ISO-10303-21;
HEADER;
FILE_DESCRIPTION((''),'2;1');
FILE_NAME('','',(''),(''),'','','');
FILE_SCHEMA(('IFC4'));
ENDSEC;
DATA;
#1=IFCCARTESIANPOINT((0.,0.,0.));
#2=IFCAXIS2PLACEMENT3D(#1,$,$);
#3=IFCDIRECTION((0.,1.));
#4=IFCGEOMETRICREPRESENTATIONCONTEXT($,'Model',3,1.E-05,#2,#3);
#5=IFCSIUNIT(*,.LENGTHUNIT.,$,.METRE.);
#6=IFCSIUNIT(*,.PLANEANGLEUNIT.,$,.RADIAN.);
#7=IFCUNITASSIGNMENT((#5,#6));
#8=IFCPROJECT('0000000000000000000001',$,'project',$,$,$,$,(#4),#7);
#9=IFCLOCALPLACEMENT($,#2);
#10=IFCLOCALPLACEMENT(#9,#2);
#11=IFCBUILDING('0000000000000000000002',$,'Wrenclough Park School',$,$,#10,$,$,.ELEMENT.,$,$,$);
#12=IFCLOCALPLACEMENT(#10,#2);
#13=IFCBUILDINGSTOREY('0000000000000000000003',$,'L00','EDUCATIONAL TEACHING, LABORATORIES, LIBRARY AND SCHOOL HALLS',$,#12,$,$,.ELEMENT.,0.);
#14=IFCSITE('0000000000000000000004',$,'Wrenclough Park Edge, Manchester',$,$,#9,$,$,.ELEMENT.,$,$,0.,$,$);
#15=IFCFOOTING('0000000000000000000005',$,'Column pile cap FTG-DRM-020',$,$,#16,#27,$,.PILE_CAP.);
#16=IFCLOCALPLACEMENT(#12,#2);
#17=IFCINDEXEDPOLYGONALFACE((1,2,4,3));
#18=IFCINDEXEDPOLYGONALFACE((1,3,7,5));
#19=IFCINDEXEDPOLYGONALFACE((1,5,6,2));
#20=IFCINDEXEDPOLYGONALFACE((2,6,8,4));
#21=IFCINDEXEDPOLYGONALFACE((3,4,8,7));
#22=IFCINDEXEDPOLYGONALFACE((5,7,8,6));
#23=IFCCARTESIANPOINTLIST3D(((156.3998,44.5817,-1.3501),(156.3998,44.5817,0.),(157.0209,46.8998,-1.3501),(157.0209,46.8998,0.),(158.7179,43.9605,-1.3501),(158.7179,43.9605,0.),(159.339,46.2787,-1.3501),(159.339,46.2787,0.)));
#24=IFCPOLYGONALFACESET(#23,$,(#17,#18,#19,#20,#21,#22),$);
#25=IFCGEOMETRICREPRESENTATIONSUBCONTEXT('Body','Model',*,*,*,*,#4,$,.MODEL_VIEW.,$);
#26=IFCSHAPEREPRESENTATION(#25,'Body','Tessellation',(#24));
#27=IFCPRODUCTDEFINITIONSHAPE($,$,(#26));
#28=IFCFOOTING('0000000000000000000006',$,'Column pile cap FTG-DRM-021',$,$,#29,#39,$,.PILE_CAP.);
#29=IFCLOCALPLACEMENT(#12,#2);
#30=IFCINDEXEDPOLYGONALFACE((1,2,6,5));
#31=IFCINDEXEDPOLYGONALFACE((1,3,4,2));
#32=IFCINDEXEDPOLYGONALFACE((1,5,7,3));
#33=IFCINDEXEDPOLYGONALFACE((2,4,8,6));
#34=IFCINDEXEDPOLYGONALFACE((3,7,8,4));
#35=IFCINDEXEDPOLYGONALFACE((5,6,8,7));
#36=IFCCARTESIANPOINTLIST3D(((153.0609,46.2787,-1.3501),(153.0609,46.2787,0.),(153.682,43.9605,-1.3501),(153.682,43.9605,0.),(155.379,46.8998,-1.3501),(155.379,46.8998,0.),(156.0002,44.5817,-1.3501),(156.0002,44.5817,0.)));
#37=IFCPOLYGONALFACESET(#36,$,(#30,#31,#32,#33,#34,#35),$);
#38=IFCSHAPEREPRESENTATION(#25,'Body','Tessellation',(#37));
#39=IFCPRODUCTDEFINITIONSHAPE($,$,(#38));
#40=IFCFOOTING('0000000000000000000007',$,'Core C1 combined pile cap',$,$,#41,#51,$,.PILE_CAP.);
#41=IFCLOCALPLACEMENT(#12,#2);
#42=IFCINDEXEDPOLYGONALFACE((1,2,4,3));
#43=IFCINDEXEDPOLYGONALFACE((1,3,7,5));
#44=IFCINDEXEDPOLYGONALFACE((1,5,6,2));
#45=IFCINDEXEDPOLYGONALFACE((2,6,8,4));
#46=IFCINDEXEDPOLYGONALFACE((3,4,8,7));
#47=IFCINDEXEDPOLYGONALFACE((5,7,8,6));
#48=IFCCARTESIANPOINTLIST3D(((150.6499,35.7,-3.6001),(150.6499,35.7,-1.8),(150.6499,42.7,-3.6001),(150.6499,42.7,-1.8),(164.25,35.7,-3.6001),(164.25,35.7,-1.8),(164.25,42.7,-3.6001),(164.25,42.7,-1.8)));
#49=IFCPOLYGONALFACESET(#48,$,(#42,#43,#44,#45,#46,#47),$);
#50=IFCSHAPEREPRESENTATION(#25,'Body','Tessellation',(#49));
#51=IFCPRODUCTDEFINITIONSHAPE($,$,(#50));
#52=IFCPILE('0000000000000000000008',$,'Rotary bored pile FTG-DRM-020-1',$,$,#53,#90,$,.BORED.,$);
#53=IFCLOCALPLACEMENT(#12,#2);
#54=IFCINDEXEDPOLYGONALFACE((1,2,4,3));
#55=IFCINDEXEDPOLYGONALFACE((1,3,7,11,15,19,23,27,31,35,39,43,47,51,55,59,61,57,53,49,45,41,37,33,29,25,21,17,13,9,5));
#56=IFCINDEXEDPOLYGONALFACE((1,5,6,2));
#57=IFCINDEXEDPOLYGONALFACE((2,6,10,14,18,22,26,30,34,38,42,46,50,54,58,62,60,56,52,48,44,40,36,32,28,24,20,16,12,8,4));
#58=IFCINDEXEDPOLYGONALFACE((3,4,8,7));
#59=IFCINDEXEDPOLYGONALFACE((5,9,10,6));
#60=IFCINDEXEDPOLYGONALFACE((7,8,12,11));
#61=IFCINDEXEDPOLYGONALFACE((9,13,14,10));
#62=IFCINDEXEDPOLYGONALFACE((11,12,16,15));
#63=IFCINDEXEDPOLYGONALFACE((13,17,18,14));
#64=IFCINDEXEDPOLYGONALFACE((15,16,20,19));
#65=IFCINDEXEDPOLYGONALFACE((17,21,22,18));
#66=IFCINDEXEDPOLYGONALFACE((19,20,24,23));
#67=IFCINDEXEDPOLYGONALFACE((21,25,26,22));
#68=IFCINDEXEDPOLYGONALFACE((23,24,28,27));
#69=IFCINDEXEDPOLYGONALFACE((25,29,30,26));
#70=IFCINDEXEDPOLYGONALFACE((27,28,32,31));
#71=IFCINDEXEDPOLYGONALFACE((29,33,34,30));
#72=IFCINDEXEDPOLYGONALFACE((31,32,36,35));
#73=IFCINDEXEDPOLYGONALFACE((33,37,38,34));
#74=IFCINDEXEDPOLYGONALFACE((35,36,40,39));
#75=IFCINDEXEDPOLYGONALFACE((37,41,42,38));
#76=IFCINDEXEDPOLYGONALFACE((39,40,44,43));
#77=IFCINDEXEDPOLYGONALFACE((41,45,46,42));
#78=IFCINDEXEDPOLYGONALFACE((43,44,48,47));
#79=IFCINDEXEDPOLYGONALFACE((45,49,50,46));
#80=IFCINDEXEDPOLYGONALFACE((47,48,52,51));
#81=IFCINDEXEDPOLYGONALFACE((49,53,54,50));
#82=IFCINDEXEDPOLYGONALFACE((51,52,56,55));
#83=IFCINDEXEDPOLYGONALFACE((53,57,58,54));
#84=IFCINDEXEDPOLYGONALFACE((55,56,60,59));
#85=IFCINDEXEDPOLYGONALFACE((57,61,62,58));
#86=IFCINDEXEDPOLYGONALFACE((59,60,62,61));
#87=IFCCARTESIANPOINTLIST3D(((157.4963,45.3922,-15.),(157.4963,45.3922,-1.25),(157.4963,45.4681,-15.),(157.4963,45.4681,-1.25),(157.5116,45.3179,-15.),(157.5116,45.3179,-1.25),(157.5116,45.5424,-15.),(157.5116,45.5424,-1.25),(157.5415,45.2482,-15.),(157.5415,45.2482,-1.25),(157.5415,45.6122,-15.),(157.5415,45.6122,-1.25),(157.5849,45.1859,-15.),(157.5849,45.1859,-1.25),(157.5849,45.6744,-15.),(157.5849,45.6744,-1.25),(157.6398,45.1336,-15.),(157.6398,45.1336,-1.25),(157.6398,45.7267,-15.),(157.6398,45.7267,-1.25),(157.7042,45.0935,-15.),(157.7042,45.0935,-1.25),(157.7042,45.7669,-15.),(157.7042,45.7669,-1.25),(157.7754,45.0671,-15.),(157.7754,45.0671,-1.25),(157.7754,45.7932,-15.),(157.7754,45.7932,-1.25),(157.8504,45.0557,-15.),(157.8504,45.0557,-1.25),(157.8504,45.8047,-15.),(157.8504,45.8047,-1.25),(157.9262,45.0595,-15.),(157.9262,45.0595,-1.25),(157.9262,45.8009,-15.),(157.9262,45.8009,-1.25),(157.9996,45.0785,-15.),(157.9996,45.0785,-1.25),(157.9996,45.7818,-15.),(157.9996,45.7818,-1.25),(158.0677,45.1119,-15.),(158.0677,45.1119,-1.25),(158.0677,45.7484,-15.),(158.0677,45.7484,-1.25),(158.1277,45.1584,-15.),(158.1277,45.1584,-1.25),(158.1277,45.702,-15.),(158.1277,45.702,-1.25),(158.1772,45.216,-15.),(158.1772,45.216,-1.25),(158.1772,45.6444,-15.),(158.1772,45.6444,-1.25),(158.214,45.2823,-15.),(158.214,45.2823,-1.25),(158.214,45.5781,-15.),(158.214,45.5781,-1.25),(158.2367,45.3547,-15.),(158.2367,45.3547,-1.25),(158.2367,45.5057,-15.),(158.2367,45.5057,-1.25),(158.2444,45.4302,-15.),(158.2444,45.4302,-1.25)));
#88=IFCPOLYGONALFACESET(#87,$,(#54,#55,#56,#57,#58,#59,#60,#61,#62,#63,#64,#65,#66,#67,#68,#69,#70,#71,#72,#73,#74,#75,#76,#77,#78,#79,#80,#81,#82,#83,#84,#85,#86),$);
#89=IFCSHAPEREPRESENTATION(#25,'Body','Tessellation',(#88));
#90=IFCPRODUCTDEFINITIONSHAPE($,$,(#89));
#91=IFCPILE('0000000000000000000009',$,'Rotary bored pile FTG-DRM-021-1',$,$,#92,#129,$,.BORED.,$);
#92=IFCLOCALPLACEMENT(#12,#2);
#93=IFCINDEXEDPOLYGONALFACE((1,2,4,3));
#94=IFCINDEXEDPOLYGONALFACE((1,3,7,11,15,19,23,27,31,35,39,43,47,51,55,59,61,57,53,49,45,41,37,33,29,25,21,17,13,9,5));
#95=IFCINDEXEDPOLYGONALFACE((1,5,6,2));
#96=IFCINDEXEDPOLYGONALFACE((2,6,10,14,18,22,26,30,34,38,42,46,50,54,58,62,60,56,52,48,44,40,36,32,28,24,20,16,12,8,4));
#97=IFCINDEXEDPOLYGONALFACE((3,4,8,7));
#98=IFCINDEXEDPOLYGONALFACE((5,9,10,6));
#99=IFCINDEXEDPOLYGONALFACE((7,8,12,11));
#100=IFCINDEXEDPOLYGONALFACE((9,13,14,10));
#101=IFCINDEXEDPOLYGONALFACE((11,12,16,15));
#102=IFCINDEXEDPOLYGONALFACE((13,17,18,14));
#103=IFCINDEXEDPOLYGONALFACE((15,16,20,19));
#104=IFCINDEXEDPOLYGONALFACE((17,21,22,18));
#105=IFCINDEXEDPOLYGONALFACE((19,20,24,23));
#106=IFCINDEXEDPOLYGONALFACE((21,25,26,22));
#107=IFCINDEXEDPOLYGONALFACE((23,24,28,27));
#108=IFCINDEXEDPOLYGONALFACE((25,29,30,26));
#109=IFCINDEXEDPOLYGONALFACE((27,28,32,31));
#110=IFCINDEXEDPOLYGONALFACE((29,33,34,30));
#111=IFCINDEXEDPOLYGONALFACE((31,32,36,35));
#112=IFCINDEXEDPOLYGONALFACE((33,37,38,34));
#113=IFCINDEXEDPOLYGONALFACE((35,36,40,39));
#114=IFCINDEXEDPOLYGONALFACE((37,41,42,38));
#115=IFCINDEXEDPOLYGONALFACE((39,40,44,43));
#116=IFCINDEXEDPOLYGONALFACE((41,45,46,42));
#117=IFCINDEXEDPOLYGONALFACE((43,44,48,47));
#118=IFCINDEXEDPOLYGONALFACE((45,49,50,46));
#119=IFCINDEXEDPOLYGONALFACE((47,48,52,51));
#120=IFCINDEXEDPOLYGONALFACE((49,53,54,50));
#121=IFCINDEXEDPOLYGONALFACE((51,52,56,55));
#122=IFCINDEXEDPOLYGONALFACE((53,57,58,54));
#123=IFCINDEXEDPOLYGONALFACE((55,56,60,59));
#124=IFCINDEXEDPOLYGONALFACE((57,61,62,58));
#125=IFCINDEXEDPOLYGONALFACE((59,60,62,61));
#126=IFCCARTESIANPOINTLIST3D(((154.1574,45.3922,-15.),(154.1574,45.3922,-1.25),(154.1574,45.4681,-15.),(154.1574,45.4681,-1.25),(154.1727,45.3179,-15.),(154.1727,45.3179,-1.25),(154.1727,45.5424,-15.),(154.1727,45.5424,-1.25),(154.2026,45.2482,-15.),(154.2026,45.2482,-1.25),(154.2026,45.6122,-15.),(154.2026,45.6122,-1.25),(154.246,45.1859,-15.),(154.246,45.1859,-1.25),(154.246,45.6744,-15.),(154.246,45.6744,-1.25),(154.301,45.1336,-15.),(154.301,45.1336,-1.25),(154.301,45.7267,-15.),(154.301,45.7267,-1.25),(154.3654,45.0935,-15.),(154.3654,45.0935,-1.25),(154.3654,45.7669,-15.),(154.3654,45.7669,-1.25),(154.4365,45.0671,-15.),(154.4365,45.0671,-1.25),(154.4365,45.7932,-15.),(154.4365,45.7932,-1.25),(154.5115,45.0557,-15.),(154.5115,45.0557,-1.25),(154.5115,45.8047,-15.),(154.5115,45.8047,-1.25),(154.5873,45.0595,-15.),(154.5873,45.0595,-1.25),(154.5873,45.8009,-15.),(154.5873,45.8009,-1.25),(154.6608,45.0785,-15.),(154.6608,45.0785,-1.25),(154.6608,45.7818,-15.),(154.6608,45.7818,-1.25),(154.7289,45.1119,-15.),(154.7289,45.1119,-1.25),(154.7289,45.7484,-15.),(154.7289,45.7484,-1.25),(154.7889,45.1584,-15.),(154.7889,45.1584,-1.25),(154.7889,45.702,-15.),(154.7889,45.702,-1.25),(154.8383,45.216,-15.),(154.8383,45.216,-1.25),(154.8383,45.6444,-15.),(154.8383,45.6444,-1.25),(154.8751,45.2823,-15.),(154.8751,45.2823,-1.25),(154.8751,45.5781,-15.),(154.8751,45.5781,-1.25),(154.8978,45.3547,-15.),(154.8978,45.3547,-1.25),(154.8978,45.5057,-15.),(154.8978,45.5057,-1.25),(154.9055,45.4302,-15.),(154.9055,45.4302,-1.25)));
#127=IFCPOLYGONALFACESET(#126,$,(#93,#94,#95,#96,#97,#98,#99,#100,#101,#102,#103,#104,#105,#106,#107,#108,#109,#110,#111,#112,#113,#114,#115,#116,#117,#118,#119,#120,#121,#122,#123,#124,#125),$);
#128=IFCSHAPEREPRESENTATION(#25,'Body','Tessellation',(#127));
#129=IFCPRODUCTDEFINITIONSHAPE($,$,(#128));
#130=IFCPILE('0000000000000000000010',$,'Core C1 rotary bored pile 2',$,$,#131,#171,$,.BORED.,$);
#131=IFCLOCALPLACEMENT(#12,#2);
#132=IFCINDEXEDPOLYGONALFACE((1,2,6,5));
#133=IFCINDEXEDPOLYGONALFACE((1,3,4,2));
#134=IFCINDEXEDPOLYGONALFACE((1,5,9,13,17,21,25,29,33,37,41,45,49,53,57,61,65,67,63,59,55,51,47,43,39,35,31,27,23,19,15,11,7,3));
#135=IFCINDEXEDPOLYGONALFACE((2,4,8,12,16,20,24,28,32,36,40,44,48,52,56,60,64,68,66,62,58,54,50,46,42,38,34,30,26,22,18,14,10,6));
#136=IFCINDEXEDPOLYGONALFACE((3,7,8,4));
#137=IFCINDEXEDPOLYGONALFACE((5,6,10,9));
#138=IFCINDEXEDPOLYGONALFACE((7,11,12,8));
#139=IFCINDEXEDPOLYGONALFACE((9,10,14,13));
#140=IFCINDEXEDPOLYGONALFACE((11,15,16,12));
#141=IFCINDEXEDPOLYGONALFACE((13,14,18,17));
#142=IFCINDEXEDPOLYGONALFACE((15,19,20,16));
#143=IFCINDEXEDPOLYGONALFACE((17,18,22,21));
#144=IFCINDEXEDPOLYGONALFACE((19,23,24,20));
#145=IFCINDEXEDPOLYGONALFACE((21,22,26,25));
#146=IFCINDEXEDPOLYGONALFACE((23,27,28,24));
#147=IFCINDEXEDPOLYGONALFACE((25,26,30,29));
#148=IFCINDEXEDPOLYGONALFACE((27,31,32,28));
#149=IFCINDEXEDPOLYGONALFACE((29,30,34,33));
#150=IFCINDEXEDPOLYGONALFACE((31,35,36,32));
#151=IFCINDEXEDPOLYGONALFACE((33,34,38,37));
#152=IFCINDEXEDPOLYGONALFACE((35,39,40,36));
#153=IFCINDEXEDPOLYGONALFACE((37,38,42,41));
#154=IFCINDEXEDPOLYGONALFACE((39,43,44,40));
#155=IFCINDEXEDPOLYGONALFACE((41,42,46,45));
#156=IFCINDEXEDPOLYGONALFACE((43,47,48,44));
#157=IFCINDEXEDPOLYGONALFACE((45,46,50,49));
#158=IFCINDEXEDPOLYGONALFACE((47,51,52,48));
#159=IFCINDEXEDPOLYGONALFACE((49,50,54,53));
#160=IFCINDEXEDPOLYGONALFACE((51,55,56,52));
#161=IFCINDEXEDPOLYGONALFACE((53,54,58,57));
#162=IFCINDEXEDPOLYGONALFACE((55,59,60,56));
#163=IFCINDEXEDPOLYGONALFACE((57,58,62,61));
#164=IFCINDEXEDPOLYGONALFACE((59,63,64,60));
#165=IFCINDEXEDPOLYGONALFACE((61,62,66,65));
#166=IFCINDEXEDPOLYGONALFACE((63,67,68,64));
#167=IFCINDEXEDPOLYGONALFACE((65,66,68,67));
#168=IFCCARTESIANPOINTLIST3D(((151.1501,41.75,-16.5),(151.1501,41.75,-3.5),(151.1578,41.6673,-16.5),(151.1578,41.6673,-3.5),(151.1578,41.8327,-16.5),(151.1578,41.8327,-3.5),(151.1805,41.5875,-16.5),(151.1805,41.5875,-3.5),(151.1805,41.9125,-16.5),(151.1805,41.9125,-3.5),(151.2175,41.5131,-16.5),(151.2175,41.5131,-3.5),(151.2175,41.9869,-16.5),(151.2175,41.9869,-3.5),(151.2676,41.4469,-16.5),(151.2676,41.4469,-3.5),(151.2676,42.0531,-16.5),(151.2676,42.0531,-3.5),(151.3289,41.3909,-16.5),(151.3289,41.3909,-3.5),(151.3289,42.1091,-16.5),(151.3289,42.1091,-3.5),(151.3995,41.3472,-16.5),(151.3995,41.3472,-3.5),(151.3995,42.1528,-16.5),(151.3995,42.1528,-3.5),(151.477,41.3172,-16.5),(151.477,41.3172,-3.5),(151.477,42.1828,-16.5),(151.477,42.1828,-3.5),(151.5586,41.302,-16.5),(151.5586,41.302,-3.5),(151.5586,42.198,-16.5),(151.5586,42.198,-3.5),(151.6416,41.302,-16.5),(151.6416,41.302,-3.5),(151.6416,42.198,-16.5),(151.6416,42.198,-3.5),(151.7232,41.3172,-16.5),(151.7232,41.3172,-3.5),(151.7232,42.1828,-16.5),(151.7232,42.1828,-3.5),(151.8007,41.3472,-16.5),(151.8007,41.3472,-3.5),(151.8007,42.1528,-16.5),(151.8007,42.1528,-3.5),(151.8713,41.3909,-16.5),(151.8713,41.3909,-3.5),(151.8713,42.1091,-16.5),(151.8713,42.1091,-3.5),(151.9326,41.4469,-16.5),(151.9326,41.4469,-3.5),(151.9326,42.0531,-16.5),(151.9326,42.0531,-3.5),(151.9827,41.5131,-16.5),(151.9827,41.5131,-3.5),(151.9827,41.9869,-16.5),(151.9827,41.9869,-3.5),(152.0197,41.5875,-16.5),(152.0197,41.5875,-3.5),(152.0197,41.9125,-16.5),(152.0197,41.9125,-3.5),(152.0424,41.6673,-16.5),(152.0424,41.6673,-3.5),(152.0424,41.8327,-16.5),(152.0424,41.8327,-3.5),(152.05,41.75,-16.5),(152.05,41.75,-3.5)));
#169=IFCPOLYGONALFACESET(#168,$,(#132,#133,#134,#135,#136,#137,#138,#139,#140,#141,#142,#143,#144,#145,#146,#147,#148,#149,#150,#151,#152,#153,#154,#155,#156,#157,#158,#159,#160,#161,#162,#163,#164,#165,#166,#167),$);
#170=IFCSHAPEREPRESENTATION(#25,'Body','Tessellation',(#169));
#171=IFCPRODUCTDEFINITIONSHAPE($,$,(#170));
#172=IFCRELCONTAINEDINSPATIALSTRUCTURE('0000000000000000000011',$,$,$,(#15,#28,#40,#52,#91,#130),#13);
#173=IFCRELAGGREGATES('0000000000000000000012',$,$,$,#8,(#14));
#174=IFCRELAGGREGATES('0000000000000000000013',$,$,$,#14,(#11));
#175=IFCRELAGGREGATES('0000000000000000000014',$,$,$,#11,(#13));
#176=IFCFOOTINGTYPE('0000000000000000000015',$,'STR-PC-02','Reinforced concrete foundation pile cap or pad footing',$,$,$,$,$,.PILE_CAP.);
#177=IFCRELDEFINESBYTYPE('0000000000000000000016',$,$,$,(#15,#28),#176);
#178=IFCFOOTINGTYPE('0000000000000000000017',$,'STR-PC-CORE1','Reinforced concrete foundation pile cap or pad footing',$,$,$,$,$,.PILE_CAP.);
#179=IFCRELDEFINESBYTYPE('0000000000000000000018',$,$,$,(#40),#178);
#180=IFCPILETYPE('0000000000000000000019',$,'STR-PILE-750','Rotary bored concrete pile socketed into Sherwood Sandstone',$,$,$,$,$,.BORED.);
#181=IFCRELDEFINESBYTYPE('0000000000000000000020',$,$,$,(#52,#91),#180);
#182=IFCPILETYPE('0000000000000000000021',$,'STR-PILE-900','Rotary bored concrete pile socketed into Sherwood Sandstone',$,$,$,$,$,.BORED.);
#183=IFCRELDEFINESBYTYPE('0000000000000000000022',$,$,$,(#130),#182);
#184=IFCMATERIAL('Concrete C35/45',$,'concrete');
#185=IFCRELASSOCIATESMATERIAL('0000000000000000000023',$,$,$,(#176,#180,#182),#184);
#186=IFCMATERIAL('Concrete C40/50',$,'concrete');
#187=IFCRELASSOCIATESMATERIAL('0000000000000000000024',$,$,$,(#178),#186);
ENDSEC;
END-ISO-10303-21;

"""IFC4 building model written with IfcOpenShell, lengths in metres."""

from ifc_helpers import new_model, si_unit, direction, frame, origin, origin_2d, place, context, subcontext, project, spatial, rectangle, circle, extrude, material, material_profile, profile_set, type_object, element, save


model = new_model("IFC4")

# Units and contexts
model_context = context("Model", 3, precision=1e-05, world=origin(), true_north=direction((0.0, 1.0)))
body_context = subcontext(model_context, "Body", "Model", "MODEL_VIEW")
ifc_project = project(units=[si_unit("LENGTHUNIT", "METRE"), si_unit("PLANEANGLEUNIT", "RADIAN")], contexts=[model_context])

# Site, building, storey
site_placement = place(None, origin())
site = spatial("IfcSite", under=ifc_project, at=site_placement, Name="Wrenclough Park Edge, Manchester", CompositionType="ELEMENT", RefElevation=0.0)
building_placement = place(site_placement, origin())
building = spatial("IfcBuilding", under=site, at=building_placement, Name="Wrenclough Park School", CompositionType="ELEMENT")
storey_placement = place(building_placement, origin())
storey = spatial("IfcBuildingStorey", under=building, at=storey_placement, Name="L00", Description="EDUCATIONAL TEACHING, LABORATORIES, LIBRARY AND SCHOOL HALLS", CompositionType="ELEMENT", Elevation=0.0)

# Footings
ifc_material_1 = material(Name="Concrete C35/45", Category="concrete")
footing_type_1 = type_object("IfcFootingType", Name="STR-PC-02", Description="Reinforced concrete foundation pile cap or pad footing", PredefinedType="PILE_CAP", material=ifc_material_1)
for number, where, z_axis, x_axis, name in (
    (1, (157.8694, 45.4302, -1.3501), (0.0, 0.0, 1.0), (-0.965926, 0.258819, 0.0), "Column pile cap FTG-DRM-020"),
    (2, (154.5305, 45.4302, -1.3501), (0.0, 0.0, 1.0), (-0.965926, -0.258819, 0.0), "Column pile cap FTG-DRM-021"),
):
    element("IfcFooting", number, at=place(storey_placement, frame(where, z_axis=z_axis, x_axis=x_axis)), inside=storey, type_object=footing_type_1, Name=name, PredefinedType="PILE_CAP", context=body_context, shape_type="SweptSolid", body=[
        extrude(rectangle(XDim=2.3999, YDim=2.3999, at=origin_2d()), origin(), (0.0, 0.0, 1.0), 1.3501),
    ])
ifc_material_2 = material(Name="Concrete C40/50", Category="concrete")
footing_type_2 = type_object("IfcFootingType", Name="STR-PC-CORE1", Description="Reinforced concrete foundation pile cap or pad footing", PredefinedType="PILE_CAP", material=ifc_material_2)
footing_placement = place(storey_placement, frame((157.45, 39.2, -3.6001), z_axis=(0.0, 0.0, 1.0), x_axis=(1.0, 0.0, 0.0)))
element("IfcFooting", 3, at=footing_placement, inside=storey, type_object=footing_type_2, Name="Core C1 combined pile cap", PredefinedType="PILE_CAP", context=body_context, shape_type="SweptSolid", body=[
    extrude(rectangle(XDim=13.6001, YDim=7.0, at=origin_2d()), origin(), (0.0, 0.0, 1.0), 1.8),
])

# Piles
ifc_material_profile_1 = material_profile(ifc_material_1, circle(Radius=0.375, at=origin_2d()), Name="BORED PILE D750")
ifc_profile_set_1 = profile_set([ifc_material_profile_1], Name="Concrete C35/45")
pile_type_1 = type_object("IfcPileType", Name="STR-PILE-750", Description="Rotary bored concrete pile socketed into Sherwood Sandstone", PredefinedType="BORED", material=ifc_profile_set_1)
for number, where, z_axis, x_axis, name in (
    (4, (157.8694, 45.4302, -1.25), (0.0, 0.0, -1.0), (1.0, 0.0, 0.0), "Rotary bored pile FTG-DRM-020-1"),
    (5, (154.5305, 45.4302, -1.25), (0.0, 0.0, -1.0), (1.0, 0.0, 0.0), "Rotary bored pile FTG-DRM-021-1"),
):
    element("IfcPile", number, at=place(storey_placement, frame(where, z_axis=z_axis, x_axis=x_axis)), inside=storey, type_object=pile_type_1, Name=name, PredefinedType="BORED", context=body_context, shape_type="SweptSolid", body=[
        extrude(circle(Radius=0.375, at=origin_2d()), origin(), (0.0, 0.0, 1.0), 13.75),
    ])
ifc_material_profile_2 = material_profile(ifc_material_1, circle(Radius=0.45, at=origin_2d()), Name="BORED PILE D900")
ifc_profile_set_2 = profile_set([ifc_material_profile_2], Name="Concrete C35/45")
pile_type_2 = type_object("IfcPileType", Name="STR-PILE-900", Description="Rotary bored concrete pile socketed into Sherwood Sandstone", PredefinedType="BORED", material=ifc_profile_set_2)
for number, where, z_axis, x_axis, name in (
    (6, (151.6001, 41.75, -3.5), (0.0, 0.0, -1.0), (1.0, 0.0, 0.0), "Core C1 rotary bored pile 2"),
):
    element("IfcPile", number, at=place(storey_placement, frame(where, z_axis=z_axis, x_axis=x_axis)), inside=storey, type_object=pile_type_2, Name=name, PredefinedType="BORED", context=body_context, shape_type="SweptSolid", body=[
        extrude(circle(Radius=0.45, at=origin_2d()), origin(), (0.0, 0.0, 1.0), 13.0),
    ])

save(model, "model.ifc")
